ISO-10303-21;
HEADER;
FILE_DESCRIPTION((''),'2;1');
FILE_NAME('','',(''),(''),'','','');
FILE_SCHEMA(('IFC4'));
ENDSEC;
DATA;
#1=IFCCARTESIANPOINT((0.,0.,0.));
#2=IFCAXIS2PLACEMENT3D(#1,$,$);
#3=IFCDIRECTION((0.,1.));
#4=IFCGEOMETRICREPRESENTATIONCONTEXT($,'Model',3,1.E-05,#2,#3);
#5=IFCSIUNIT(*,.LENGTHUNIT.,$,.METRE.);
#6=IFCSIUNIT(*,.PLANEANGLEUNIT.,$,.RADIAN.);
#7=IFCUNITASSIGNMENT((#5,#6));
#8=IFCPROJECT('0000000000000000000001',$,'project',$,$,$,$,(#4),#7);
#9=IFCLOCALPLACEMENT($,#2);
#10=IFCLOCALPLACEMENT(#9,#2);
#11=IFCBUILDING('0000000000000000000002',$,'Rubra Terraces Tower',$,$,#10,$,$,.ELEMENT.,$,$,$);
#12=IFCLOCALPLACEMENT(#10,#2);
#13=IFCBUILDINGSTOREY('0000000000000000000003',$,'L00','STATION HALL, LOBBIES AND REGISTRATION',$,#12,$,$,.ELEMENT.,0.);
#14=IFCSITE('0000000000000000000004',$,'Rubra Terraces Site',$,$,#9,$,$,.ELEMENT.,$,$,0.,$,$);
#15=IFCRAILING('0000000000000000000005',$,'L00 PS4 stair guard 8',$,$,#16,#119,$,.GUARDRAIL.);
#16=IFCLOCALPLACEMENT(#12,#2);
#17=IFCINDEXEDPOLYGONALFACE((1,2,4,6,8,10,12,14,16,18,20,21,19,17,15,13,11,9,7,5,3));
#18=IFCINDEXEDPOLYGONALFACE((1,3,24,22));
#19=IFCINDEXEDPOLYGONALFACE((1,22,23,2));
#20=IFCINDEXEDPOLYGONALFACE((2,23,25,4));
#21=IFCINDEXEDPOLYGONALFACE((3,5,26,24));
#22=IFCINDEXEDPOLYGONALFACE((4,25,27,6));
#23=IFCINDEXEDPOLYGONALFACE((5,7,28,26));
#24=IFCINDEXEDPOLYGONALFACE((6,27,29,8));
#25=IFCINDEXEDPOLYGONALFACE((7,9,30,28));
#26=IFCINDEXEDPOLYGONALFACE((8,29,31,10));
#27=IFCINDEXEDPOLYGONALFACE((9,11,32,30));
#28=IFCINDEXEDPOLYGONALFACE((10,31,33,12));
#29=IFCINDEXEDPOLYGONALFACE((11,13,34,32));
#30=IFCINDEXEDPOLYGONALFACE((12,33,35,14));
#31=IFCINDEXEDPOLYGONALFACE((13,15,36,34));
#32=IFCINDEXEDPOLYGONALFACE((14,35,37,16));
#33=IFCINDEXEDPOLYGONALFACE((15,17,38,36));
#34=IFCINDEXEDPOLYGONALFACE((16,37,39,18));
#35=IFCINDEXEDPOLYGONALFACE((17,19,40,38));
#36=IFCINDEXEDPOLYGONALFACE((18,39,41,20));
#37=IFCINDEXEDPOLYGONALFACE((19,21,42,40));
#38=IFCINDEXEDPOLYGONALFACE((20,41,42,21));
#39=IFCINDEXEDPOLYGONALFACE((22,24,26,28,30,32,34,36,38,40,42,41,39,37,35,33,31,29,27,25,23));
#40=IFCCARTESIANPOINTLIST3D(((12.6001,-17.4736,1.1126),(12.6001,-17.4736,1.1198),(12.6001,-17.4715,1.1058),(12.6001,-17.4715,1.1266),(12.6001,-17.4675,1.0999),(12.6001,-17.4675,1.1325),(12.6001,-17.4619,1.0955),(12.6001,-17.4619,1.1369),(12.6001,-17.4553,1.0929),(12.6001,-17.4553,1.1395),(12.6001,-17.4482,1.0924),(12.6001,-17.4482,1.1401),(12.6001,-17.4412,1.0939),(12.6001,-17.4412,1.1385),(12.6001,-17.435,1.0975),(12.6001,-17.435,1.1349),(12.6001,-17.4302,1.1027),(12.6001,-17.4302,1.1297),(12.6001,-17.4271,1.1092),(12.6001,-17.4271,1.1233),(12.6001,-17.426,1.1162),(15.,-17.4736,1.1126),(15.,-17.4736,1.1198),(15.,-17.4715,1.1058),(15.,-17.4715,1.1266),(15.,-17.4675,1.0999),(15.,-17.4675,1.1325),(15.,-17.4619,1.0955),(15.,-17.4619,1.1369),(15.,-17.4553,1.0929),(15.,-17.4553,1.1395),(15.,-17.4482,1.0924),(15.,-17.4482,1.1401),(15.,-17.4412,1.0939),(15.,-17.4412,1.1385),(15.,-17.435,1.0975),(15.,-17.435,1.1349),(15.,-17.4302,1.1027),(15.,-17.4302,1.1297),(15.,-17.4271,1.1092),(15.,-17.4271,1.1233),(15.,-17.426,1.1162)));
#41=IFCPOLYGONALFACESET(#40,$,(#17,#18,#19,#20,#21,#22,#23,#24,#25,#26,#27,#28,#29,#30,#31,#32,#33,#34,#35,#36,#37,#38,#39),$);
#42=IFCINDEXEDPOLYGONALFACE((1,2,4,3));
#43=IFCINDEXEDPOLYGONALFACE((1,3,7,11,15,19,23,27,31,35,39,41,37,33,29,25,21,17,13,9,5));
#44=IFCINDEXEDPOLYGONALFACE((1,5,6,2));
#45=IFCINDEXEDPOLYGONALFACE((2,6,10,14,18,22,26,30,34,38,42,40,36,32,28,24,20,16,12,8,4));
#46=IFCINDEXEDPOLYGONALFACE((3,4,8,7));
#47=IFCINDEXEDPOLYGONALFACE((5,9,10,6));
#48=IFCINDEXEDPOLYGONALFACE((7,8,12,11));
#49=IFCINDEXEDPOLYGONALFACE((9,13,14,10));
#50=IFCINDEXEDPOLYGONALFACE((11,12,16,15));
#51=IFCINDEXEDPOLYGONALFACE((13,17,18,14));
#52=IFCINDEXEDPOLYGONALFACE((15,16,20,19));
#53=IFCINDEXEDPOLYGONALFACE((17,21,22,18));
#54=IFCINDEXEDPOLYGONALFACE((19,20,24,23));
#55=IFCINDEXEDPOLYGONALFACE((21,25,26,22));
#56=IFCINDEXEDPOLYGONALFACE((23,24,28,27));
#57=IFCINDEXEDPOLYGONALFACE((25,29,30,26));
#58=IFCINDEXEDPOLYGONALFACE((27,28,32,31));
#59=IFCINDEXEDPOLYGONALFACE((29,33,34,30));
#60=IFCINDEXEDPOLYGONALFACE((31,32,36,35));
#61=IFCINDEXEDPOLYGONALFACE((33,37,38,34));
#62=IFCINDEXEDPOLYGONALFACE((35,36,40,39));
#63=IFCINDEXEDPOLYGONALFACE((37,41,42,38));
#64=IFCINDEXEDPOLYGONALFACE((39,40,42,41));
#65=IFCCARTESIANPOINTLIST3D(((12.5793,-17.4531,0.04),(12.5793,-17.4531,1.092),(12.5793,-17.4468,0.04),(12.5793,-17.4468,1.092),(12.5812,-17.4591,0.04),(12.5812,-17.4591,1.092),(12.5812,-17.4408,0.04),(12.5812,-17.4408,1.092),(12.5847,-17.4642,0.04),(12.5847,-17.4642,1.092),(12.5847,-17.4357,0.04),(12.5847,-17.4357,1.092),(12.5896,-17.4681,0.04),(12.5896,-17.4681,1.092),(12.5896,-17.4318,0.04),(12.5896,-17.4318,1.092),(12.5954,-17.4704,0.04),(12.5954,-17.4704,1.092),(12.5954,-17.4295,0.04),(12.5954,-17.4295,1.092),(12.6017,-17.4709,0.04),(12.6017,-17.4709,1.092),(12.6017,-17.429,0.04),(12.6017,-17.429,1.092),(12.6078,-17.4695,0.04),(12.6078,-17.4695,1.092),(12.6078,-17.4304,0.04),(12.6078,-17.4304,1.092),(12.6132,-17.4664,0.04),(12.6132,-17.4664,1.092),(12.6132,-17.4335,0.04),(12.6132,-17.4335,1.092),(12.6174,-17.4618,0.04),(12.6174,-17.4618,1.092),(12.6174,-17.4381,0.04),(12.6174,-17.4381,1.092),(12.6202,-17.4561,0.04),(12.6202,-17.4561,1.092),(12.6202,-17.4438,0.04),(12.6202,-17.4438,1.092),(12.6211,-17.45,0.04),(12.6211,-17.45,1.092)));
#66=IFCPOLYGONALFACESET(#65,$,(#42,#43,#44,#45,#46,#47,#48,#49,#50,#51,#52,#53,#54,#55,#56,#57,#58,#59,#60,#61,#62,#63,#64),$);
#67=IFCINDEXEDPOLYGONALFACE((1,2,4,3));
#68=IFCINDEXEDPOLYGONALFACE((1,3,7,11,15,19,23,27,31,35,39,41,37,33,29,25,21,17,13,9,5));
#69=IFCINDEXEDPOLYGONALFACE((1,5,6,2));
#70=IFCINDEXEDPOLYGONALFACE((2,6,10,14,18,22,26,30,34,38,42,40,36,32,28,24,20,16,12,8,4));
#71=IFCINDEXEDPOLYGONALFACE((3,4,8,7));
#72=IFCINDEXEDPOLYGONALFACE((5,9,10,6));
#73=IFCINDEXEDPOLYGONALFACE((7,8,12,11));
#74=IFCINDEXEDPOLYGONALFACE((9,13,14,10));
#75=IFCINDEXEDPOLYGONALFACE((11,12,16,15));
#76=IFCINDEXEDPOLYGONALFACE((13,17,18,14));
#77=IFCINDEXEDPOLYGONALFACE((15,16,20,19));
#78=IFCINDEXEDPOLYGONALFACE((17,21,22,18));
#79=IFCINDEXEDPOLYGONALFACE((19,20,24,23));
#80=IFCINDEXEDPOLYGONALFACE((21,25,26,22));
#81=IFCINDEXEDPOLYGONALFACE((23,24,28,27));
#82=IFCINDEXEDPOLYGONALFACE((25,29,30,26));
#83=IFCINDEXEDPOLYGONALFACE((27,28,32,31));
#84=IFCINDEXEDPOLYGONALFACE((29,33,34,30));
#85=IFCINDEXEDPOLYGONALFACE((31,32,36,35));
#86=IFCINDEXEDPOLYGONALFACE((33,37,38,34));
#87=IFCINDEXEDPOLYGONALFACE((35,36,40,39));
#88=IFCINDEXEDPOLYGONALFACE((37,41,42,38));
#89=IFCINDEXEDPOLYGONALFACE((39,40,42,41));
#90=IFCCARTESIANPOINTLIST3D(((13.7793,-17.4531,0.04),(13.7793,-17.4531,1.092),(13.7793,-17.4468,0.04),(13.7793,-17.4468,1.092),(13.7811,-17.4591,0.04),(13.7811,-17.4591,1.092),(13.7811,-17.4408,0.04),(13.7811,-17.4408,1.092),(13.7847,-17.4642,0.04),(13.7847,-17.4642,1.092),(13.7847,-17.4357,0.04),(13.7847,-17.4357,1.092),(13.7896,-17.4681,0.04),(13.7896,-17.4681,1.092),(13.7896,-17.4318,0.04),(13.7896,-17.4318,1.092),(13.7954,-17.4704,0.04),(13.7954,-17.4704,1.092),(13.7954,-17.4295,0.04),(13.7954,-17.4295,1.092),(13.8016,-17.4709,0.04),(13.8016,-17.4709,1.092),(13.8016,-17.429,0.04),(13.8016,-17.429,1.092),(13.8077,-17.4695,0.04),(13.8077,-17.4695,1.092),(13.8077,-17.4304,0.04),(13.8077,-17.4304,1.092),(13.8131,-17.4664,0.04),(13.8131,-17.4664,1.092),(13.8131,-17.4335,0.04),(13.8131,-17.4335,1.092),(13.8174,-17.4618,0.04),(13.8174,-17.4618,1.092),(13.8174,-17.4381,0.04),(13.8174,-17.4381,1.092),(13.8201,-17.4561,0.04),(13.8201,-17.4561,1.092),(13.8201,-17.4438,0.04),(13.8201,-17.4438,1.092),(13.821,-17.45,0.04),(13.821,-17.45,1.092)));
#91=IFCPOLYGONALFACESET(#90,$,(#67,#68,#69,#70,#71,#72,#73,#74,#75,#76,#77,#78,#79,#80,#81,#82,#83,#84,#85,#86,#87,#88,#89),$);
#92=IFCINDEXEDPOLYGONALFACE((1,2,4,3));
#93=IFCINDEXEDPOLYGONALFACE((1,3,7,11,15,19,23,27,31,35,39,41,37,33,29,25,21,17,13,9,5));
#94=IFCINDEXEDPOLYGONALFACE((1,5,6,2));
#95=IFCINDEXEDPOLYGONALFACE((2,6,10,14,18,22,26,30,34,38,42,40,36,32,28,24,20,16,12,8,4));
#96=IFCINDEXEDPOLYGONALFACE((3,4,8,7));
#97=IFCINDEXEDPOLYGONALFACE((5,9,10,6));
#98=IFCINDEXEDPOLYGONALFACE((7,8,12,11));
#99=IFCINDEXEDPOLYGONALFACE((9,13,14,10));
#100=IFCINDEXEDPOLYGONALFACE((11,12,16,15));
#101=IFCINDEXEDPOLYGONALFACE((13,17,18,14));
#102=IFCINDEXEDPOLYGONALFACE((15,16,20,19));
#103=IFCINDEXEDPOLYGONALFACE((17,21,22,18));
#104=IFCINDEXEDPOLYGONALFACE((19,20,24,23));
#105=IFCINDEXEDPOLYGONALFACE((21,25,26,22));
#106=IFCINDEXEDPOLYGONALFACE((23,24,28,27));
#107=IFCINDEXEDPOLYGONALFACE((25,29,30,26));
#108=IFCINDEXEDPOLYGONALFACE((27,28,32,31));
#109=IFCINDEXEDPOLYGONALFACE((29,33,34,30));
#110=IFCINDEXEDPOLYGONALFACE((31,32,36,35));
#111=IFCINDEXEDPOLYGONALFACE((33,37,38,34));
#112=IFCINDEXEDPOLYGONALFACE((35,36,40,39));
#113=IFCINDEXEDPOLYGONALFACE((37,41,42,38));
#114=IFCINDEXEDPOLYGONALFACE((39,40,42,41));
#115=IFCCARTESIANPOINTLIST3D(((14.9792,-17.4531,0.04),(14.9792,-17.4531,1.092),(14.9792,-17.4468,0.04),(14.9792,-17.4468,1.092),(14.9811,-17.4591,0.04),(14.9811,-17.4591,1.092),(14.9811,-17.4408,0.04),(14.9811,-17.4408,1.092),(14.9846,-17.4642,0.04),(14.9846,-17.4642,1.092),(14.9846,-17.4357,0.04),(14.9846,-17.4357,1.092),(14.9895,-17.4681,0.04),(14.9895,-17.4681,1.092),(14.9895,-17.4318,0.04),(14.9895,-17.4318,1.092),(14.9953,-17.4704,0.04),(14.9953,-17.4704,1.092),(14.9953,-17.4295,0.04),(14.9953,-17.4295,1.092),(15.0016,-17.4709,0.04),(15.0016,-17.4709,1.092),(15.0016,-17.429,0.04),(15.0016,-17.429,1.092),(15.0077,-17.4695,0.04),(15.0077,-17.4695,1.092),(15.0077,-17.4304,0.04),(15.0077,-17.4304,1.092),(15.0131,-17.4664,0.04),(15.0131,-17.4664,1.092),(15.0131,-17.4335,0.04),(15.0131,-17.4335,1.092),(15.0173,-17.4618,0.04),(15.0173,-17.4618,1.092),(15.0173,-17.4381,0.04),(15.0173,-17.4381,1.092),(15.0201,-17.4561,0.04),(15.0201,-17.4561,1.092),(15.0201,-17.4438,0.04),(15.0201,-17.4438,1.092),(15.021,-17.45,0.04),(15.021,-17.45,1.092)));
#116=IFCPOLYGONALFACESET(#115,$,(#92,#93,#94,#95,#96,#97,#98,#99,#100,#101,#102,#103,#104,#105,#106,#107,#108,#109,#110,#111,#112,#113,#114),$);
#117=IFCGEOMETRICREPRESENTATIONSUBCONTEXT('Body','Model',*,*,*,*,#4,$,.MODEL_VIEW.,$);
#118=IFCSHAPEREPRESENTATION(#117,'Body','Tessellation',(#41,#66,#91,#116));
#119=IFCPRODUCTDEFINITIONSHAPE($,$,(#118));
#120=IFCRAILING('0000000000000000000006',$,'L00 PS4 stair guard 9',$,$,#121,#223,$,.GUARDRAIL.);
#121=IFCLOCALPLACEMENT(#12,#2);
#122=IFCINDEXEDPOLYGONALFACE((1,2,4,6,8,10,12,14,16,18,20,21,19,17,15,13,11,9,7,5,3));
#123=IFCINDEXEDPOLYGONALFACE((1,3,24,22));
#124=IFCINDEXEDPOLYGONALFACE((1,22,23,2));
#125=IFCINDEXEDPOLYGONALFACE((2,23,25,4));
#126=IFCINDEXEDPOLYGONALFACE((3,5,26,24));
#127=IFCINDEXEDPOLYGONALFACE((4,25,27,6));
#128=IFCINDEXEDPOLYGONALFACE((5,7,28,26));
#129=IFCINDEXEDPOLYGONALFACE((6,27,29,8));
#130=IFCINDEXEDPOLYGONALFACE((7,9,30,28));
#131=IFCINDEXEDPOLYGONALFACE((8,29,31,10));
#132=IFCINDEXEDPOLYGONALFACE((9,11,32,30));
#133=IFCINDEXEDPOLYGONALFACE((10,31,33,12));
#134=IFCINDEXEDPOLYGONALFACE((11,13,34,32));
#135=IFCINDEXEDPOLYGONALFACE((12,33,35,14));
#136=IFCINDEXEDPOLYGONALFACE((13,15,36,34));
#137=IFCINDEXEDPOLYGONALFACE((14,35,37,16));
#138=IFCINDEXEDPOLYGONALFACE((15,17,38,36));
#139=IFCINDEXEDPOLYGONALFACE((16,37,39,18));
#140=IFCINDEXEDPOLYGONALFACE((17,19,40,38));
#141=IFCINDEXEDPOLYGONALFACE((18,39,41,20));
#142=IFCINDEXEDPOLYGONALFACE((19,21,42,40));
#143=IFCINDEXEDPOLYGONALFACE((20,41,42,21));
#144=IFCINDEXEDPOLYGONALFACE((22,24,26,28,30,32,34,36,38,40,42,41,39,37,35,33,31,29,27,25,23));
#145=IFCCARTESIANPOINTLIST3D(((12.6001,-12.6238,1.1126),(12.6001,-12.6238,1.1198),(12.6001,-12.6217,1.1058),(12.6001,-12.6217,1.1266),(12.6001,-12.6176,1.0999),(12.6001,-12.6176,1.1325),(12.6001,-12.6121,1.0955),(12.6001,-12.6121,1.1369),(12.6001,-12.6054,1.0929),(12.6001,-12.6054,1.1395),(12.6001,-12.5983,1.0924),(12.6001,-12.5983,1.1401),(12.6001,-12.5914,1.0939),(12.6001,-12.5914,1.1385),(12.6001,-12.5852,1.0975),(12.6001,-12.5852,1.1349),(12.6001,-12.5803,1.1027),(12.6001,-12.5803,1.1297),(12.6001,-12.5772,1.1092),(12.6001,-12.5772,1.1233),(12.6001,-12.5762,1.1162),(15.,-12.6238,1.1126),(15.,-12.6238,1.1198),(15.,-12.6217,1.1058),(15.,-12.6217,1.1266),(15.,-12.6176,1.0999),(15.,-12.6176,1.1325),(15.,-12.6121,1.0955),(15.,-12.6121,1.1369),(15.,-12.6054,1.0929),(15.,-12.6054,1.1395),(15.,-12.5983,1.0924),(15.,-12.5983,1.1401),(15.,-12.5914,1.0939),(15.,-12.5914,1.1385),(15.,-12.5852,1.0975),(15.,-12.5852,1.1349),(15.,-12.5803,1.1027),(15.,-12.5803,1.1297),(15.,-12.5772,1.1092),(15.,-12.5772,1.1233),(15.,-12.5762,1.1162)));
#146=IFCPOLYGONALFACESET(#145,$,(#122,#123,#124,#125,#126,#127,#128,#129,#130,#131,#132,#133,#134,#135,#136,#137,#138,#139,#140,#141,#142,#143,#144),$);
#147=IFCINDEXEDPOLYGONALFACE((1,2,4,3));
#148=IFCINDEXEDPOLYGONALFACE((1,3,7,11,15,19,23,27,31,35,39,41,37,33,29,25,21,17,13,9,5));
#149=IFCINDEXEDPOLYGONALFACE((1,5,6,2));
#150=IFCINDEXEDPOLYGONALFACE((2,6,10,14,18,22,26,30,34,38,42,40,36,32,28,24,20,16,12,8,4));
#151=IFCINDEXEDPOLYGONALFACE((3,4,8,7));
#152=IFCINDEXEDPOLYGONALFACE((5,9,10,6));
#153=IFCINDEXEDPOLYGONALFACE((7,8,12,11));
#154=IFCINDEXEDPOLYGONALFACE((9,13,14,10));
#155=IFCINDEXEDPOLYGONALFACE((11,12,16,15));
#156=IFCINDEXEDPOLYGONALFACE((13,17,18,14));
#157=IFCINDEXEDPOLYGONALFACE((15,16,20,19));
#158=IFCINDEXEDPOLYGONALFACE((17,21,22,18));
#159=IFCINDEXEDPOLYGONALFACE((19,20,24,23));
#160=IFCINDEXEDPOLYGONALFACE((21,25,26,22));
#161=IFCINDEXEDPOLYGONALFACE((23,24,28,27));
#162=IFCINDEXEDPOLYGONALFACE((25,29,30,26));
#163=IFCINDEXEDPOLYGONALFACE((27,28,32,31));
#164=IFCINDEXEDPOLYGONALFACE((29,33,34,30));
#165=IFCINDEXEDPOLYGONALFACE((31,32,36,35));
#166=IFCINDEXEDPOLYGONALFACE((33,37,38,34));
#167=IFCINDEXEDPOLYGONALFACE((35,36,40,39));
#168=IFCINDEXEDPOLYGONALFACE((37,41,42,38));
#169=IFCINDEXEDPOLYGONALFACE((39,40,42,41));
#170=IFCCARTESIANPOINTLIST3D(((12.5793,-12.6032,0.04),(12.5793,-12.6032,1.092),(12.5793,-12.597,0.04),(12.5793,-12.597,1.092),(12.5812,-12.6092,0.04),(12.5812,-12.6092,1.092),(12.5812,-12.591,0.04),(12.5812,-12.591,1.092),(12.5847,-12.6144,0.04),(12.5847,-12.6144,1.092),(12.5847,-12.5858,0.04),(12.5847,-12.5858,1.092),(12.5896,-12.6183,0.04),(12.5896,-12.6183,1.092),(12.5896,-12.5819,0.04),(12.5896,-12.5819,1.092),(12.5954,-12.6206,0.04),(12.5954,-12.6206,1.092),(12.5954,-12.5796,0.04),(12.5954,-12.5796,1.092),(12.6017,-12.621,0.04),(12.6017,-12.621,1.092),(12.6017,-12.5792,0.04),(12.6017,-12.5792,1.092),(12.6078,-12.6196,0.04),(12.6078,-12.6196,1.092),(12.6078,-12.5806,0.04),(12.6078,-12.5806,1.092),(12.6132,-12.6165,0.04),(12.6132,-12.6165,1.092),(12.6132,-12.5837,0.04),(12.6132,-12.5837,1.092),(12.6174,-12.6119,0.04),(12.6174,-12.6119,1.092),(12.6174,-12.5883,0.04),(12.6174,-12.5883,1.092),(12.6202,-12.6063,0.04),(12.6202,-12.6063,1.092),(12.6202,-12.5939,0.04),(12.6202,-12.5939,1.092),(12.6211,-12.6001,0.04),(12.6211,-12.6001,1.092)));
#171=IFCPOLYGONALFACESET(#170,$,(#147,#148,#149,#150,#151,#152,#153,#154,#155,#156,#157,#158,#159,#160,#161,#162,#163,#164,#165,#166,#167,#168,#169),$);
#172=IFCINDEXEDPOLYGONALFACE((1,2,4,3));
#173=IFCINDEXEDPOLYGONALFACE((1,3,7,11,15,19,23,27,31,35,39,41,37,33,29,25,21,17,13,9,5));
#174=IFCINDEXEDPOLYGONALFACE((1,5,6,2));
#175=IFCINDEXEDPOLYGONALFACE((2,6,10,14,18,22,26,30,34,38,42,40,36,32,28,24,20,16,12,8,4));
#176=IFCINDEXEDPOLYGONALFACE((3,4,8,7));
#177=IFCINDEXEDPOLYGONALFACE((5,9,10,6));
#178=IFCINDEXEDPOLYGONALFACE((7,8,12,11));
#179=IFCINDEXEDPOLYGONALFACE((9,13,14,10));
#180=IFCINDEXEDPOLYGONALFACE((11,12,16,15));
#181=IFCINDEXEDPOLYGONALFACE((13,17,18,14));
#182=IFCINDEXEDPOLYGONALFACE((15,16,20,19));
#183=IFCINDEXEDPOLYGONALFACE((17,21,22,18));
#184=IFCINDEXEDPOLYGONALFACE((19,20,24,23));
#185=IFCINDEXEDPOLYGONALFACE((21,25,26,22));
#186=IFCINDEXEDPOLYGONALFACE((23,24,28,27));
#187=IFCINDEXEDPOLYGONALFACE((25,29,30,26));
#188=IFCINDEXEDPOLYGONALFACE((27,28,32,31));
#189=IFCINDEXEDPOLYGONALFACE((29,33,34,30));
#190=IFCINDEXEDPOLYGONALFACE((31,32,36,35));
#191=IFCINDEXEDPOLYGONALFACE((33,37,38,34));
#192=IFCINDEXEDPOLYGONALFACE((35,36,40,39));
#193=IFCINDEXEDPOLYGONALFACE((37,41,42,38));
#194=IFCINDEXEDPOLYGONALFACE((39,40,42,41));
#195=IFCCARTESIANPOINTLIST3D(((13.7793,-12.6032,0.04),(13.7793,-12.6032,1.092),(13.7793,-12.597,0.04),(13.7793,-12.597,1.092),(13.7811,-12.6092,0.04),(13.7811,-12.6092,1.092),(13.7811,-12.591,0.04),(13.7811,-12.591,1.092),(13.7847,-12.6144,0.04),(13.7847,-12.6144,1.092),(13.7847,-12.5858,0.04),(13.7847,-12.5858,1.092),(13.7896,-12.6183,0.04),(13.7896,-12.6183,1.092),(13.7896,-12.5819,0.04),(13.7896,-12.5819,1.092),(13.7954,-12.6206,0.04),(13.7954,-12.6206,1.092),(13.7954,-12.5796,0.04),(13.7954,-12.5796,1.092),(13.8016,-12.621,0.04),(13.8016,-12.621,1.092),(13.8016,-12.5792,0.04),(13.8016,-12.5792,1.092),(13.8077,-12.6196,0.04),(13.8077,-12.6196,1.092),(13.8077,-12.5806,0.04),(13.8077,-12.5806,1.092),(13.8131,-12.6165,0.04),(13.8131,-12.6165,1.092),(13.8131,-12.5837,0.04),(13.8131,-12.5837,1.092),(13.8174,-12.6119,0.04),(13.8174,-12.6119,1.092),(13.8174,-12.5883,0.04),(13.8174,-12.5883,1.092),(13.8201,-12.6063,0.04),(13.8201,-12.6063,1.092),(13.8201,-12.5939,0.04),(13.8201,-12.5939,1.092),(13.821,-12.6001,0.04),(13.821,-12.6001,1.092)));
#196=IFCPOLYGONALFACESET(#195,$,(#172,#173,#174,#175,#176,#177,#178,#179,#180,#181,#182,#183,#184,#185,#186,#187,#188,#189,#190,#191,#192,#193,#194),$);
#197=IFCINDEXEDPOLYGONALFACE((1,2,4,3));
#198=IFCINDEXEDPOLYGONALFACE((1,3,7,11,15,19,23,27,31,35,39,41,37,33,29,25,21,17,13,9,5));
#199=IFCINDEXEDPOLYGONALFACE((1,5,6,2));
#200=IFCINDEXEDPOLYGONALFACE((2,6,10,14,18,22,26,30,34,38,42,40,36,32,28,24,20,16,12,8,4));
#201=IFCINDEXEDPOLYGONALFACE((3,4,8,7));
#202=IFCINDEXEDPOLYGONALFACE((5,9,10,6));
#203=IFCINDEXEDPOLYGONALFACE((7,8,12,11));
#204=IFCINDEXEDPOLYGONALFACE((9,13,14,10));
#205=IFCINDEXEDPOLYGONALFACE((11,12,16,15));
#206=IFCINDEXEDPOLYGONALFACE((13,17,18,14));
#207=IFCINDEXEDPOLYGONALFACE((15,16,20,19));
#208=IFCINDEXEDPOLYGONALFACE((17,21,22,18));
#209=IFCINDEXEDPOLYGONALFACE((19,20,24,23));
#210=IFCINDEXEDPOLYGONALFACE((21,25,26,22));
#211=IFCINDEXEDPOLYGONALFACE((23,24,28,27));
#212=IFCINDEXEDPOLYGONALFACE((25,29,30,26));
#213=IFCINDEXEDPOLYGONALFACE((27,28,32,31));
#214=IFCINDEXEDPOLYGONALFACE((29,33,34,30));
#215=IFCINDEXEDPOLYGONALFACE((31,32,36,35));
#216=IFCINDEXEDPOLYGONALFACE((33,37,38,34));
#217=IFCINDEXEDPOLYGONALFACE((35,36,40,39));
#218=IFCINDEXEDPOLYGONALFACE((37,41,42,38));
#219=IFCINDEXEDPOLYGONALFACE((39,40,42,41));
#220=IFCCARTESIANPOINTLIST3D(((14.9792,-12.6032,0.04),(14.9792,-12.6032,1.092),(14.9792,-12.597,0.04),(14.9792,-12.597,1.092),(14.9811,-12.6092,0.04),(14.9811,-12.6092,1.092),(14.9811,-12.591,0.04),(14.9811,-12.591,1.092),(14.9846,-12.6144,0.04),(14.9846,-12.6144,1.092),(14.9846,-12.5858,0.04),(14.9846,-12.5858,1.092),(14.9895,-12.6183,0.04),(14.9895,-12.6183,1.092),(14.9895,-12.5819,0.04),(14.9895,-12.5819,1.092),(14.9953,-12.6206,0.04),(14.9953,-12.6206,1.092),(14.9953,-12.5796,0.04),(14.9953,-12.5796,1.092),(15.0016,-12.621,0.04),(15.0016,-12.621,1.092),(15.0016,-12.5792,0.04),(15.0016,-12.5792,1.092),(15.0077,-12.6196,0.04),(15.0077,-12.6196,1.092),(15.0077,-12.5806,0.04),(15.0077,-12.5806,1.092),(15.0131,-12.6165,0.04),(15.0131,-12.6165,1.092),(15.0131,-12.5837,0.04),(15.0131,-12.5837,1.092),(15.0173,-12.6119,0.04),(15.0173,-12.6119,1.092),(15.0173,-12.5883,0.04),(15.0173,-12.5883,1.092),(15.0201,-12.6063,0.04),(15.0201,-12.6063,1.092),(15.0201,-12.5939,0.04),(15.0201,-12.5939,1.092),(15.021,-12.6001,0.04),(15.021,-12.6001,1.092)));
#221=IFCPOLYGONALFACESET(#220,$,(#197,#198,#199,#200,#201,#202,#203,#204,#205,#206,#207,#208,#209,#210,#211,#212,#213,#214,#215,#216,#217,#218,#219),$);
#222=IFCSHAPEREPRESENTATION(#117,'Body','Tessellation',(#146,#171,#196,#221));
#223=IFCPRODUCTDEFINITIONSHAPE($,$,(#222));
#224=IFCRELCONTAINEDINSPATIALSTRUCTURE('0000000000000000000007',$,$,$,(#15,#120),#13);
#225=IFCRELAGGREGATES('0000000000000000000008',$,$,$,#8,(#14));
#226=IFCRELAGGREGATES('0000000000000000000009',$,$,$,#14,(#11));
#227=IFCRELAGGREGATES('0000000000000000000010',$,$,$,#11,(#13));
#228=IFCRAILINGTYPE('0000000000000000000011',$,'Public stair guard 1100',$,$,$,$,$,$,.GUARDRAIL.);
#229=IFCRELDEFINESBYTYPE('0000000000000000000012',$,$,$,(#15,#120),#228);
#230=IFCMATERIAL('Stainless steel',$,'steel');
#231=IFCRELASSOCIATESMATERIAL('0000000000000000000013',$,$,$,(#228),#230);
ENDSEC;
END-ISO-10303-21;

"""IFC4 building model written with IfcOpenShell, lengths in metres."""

from ifc_helpers import new_model, si_unit, direction, frame, origin, origin_2d, place, context, subcontext, project, spatial, circle, extrude, material, type_object, element, save


model = new_model("IFC4")

# Units and contexts
model_context = context("Model", 3, precision=1e-05, world=origin(), true_north=direction((0.0, 1.0)))
body_context = subcontext(model_context, "Body", "Model", "MODEL_VIEW")
ifc_project = project(units=[si_unit("LENGTHUNIT", "METRE"), si_unit("PLANEANGLEUNIT", "RADIAN")], contexts=[model_context])

# Site, building, storey
site_placement = place(None, origin())
site = spatial("IfcSite", under=ifc_project, at=site_placement, Name="Rubra Terraces Site", CompositionType="ELEMENT", RefElevation=0.0)
building_placement = place(site_placement, origin())
building = spatial("IfcBuilding", under=site, at=building_placement, Name="Rubra Terraces Tower", CompositionType="ELEMENT")
storey_placement = place(building_placement, origin())
storey = spatial("IfcBuildingStorey", under=building, at=storey_placement, Name="L00", Description="STATION HALL, LOBBIES AND REGISTRATION", CompositionType="ELEMENT", Elevation=0.0)

# Railings
ifc_material_1 = material(Name="Stainless steel", Category="steel")
railing_type_1 = type_object("IfcRailingType", Name="Public stair guard 1100", PredefinedType="GUARDRAIL", material=ifc_material_1)
for number, where, name in (
    (1, (12.6001, -17.45, 0.04), "L00 PS4 stair guard 8"),
    (2, (12.6001, -12.6001, 0.04), "L00 PS4 stair guard 9"),
):
    element("IfcRailing", number, at=place(storey_placement, frame(where)), inside=storey, type_object=railing_type_1, Name=name, PredefinedType="GUARDRAIL", context=body_context, shape_type="SweptSolid", body=[
        extrude(circle(Radius=0.0239, at=origin_2d()), frame((0.0, 0.0, 1.0762), z_axis=(1.0, 0.0, 0.0), x_axis=(0.0, 1.0, 0.0)), (0.0, 0.0, 1.0), 2.3999),
        extrude(circle(Radius=0.021, at=origin_2d()), origin(), (0.0, 0.0, 1.0), 1.052),
        extrude(circle(Radius=0.021, at=origin_2d()), frame((1.2, 0.0, 0.0)), (0.0, 0.0, 1.0), 1.052),
        extrude(circle(Radius=0.021, at=origin_2d()), frame((2.3999, 0.0, 0.0)), (0.0, 0.0, 1.0), 1.052),
    ])

save(model, "model.ifc")
